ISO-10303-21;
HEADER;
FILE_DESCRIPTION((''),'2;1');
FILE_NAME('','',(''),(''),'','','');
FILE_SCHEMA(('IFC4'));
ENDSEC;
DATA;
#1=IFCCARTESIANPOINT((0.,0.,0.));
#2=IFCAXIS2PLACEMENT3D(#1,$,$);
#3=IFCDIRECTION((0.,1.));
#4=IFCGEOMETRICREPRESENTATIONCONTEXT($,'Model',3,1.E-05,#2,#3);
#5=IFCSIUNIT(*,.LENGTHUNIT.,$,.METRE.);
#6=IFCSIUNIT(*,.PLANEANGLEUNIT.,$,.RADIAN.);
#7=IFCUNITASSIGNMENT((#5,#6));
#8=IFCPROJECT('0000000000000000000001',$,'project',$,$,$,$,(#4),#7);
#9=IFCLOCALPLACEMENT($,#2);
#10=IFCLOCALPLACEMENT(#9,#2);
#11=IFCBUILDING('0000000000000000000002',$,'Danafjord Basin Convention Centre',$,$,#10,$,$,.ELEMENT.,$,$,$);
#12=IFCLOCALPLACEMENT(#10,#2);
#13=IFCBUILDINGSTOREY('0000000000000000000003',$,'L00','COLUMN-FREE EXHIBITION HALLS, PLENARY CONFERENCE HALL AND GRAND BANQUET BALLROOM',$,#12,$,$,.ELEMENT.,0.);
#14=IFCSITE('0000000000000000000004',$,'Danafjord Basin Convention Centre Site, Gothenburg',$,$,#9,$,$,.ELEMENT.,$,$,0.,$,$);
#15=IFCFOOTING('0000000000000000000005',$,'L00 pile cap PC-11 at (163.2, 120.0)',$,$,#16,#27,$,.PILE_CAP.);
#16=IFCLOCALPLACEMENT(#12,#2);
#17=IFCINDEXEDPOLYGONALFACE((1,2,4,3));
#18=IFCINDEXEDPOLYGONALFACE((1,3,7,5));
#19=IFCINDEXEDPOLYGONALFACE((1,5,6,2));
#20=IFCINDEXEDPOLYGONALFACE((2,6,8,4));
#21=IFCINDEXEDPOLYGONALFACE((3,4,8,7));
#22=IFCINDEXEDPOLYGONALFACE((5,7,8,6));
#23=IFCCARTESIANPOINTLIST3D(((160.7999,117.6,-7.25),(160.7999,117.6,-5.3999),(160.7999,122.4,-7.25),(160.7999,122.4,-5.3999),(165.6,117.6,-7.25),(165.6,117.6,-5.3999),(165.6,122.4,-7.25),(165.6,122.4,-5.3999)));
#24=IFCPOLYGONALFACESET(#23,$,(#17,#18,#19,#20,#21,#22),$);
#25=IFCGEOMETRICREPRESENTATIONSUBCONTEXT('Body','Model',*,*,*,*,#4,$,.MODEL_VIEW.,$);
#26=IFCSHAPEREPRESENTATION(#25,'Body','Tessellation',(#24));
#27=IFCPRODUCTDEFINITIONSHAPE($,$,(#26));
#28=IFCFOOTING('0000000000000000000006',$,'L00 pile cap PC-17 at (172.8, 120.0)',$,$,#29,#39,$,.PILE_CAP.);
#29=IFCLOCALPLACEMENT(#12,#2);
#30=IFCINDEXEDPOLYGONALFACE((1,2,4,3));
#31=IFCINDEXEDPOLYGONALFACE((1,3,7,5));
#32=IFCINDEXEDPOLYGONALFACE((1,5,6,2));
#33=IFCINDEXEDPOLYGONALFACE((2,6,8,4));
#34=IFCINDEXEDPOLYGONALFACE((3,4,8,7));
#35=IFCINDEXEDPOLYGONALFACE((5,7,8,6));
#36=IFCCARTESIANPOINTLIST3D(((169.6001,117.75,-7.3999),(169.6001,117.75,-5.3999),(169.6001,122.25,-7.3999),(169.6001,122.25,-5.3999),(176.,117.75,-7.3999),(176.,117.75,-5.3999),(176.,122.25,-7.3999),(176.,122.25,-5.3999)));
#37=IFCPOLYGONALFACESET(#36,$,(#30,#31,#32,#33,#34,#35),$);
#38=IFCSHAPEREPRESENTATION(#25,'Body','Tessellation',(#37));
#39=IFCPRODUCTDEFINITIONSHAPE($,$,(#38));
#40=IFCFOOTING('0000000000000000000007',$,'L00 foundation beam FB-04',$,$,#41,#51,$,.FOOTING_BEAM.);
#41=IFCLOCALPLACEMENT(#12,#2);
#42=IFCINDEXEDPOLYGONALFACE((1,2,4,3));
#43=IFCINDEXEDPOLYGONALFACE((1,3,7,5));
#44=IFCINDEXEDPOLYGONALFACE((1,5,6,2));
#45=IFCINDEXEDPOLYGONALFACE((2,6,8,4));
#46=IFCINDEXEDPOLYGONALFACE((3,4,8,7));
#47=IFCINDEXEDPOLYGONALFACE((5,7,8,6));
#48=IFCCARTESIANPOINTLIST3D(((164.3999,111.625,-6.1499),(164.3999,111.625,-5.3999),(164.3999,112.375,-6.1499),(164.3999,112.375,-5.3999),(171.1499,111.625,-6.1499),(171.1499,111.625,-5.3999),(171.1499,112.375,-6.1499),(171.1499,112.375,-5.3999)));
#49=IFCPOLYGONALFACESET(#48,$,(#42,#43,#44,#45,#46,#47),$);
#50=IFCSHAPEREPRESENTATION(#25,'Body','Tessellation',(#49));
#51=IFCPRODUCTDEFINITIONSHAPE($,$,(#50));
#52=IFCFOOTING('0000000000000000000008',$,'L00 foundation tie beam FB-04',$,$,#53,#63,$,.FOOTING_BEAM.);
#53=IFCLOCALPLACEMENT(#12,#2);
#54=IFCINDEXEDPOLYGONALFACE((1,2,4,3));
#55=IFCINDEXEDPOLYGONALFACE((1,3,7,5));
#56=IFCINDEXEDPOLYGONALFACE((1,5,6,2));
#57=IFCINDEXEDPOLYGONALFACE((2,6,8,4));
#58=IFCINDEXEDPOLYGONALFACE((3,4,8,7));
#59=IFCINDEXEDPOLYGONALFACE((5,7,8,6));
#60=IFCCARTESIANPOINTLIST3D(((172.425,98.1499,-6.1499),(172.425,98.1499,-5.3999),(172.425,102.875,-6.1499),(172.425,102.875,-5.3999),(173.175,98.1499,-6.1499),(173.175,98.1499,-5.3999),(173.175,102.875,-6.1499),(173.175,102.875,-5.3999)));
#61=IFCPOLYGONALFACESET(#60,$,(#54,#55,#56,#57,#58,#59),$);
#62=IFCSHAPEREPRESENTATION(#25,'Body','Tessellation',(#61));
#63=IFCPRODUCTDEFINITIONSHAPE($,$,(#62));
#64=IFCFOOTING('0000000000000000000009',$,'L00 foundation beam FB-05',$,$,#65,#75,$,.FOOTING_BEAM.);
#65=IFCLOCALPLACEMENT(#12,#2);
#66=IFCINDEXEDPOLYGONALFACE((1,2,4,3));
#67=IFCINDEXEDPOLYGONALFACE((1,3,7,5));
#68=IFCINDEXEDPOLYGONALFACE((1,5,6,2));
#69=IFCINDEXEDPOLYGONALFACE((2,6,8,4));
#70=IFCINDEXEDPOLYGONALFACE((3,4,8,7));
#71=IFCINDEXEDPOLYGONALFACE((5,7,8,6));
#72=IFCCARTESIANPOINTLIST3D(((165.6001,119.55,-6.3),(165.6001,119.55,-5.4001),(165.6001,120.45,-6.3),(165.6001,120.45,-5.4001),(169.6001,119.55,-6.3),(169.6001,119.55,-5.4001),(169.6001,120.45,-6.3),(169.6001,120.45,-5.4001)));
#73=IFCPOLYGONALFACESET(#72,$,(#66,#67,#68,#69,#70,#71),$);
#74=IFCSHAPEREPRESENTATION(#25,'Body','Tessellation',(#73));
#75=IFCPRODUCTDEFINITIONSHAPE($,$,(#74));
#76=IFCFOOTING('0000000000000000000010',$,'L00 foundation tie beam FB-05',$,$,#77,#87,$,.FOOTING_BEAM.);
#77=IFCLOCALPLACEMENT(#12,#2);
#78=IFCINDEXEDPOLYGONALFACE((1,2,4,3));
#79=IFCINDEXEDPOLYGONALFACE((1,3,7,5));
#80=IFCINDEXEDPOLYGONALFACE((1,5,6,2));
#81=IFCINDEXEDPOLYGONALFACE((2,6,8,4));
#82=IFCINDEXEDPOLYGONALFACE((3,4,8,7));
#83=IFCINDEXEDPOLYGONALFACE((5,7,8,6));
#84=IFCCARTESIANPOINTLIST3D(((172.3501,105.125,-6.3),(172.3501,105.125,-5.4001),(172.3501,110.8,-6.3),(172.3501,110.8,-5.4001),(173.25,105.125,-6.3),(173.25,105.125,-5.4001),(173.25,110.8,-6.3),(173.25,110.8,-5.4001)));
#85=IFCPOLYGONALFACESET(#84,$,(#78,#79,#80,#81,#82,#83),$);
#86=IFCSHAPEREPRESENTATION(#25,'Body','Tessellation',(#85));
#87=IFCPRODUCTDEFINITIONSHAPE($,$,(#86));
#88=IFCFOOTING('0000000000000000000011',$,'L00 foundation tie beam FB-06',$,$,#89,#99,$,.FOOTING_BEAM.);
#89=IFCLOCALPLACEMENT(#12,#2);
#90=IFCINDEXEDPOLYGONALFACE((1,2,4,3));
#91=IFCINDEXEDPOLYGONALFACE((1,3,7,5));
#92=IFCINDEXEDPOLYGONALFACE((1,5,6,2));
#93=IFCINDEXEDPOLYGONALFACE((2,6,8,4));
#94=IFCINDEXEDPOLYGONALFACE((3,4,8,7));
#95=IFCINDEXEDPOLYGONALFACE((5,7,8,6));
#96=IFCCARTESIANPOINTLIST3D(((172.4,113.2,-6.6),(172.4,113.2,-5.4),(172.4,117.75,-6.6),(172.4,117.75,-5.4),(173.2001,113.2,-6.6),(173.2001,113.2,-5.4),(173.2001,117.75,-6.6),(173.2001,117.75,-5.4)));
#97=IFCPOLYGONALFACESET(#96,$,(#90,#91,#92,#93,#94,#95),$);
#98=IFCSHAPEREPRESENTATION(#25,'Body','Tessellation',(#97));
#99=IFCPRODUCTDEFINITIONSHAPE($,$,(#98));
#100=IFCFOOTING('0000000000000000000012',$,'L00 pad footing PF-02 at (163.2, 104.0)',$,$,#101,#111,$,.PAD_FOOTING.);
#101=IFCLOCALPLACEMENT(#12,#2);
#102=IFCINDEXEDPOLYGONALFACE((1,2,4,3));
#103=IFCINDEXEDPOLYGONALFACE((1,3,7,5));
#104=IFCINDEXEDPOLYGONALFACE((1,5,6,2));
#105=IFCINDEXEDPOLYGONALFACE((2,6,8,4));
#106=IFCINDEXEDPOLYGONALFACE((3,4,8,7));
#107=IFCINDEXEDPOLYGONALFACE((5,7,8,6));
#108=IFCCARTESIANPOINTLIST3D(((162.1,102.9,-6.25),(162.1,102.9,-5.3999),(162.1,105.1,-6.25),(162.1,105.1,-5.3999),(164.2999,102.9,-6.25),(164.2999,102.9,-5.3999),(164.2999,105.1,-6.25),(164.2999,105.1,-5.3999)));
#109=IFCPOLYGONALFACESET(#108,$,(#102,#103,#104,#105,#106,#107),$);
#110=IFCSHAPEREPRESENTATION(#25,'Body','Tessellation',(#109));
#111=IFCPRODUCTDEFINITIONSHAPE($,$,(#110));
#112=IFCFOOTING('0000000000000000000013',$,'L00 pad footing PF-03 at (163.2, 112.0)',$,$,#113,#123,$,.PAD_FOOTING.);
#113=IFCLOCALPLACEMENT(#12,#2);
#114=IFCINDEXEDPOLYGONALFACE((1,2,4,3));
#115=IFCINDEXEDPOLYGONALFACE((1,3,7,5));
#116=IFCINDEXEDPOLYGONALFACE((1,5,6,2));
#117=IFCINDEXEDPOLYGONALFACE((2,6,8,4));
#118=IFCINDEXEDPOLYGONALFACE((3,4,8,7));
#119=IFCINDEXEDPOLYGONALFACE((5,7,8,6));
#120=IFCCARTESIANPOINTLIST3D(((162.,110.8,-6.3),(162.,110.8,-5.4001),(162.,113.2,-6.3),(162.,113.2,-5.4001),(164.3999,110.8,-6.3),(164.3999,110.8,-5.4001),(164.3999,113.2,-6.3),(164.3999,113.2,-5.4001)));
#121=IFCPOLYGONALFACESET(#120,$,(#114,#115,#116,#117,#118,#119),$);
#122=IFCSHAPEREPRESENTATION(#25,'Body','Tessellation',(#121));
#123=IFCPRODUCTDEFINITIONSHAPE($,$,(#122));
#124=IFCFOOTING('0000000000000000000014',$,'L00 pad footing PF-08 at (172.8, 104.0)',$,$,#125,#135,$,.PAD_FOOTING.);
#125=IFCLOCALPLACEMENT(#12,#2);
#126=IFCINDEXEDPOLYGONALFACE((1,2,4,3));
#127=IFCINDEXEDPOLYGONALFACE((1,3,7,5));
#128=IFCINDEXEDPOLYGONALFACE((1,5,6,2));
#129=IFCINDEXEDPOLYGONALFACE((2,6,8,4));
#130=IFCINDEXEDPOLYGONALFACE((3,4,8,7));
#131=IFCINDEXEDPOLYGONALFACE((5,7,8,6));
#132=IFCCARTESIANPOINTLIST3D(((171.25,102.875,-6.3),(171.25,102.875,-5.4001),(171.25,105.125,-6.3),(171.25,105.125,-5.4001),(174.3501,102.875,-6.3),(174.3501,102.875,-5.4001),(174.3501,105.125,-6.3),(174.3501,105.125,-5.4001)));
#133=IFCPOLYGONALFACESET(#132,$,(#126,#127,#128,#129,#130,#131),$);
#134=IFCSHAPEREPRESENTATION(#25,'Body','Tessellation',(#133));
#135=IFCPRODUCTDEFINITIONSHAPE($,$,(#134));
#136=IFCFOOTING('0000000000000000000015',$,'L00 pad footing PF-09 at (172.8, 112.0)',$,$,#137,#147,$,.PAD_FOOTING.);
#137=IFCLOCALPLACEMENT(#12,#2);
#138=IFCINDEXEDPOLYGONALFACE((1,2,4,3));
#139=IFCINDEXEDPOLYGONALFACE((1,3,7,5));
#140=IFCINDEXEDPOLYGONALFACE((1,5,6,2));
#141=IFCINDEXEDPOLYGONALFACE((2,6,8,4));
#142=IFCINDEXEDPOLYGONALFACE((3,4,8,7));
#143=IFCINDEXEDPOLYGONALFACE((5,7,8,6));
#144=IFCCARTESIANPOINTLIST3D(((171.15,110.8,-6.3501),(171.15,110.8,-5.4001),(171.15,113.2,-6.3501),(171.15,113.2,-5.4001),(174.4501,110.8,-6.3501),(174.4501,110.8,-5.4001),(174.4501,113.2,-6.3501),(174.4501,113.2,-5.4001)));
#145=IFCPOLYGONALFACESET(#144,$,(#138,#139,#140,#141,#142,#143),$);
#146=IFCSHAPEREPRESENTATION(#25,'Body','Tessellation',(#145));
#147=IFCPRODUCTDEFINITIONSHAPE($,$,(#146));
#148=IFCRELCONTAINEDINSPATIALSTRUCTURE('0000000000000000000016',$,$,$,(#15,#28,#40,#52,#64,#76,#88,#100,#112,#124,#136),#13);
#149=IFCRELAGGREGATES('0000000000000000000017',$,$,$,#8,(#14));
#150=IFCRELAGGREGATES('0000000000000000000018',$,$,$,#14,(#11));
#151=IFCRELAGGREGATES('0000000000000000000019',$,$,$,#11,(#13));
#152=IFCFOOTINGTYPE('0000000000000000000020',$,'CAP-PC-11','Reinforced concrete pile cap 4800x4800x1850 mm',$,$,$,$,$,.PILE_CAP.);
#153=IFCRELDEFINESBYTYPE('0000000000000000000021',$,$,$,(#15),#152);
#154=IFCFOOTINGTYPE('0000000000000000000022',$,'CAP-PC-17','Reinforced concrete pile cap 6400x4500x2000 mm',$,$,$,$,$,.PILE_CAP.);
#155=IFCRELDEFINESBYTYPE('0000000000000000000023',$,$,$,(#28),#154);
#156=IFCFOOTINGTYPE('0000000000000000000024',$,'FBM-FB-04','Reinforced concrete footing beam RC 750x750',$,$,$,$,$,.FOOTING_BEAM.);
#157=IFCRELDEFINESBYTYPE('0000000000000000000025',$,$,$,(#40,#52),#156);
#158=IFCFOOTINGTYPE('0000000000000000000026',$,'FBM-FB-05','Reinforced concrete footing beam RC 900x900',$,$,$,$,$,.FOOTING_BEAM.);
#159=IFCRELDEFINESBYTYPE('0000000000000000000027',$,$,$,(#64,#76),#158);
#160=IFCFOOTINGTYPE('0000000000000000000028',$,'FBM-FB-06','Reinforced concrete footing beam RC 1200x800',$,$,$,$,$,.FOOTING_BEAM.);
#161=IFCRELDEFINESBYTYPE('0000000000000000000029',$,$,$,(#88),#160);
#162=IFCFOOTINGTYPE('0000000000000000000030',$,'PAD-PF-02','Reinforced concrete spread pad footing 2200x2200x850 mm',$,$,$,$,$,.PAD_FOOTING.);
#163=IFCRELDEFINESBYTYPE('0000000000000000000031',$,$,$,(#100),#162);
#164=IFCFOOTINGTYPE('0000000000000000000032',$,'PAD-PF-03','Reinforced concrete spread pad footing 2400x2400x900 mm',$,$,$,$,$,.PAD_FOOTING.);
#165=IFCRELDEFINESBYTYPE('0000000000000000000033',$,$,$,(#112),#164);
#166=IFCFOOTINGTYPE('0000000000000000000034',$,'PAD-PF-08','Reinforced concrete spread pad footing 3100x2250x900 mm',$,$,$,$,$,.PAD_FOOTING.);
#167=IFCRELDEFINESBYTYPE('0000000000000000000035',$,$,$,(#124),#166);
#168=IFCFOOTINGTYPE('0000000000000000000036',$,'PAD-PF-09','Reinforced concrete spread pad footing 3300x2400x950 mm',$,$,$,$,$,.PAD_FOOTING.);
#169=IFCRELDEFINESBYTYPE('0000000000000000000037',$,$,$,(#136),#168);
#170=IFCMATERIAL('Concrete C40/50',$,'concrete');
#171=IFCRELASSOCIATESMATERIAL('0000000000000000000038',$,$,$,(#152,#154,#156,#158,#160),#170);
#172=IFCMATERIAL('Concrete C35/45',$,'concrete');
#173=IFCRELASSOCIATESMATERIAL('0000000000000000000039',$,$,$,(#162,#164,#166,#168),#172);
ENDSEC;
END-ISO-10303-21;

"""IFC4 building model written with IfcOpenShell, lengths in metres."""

from ifc_helpers import new_model, si_unit, direction, frame, origin, origin_2d, place, context, subcontext, project, spatial, rectangle, extrude, material, material_profile, profile_set, type_object, element, save


model = new_model("IFC4")

# Units and contexts
model_context = context("Model", 3, precision=1e-05, world=origin(), true_north=direction((0.0, 1.0)))
body_context = subcontext(model_context, "Body", "Model", "MODEL_VIEW")
ifc_project = project(units=[si_unit("LENGTHUNIT", "METRE"), si_unit("PLANEANGLEUNIT", "RADIAN")], contexts=[model_context])

# Site, building, storey
site_placement = place(None, origin())
site = spatial("IfcSite", under=ifc_project, at=site_placement, Name="Danafjord Basin Convention Centre Site, Gothenburg", CompositionType="ELEMENT", RefElevation=0.0)
building_placement = place(site_placement, origin())
building = spatial("IfcBuilding", under=site, at=building_placement, Name="Danafjord Basin Convention Centre", CompositionType="ELEMENT")
storey_placement = place(building_placement, origin())
storey = spatial("IfcBuildingStorey", under=building, at=storey_placement, Name="L00", Description="COLUMN-FREE EXHIBITION HALLS, PLENARY CONFERENCE HALL AND GRAND BANQUET BALLROOM", CompositionType="ELEMENT", Elevation=0.0)

# Footings
ifc_material_1 = material(Name="Concrete C40/50", Category="concrete")
footing_type_1 = type_object("IfcFootingType", Name="CAP-PC-11", Description="Reinforced concrete pile cap 4800x4800x1850 mm", PredefinedType="PILE_CAP", material=ifc_material_1)
footing_1_placement = place(storey_placement, frame((163.2, 120.0, -7.25), z_axis=(0.0, 0.0, 1.0), x_axis=(1.0, 0.0, 0.0)))
element("IfcFooting", 1, at=footing_1_placement, inside=storey, type_object=footing_type_1, Name="L00 pile cap PC-11 at (163.2, 120.0)", PredefinedType="PILE_CAP", context=body_context, shape_type="SweptSolid", body=[
    extrude(rectangle(XDim=4.8, YDim=4.8, at=origin_2d()), origin(), (0.0, 0.0, 1.0), 1.8501),
])
footing_type_2 = type_object("IfcFootingType", Name="CAP-PC-17", Description="Reinforced concrete pile cap 6400x4500x2000 mm", PredefinedType="PILE_CAP", material=ifc_material_1)
footing_2_placement = place(storey_placement, frame((172.8, 120.0, -7.3999), z_axis=(0.0, 0.0, 1.0), x_axis=(1.0, 0.0, 0.0)))
element("IfcFooting", 2, at=footing_2_placement, inside=storey, type_object=footing_type_2, Name="L00 pile cap PC-17 at (172.8, 120.0)", PredefinedType="PILE_CAP", context=body_context, shape_type="SweptSolid", body=[
    extrude(rectangle(XDim=6.3999, YDim=4.5, at=origin_2d()), origin(), (0.0, 0.0, 1.0), 2.0),
])
ifc_material_profile_1 = material_profile(ifc_material_1, rectangle(XDim=0.75, YDim=0.75, at=origin_2d()), Name="RC 750x750")
ifc_profile_set_1 = profile_set([ifc_material_profile_1], Name="Concrete C40/50")
footing_type_3 = type_object("IfcFootingType", Name="FBM-FB-04", Description="Reinforced concrete footing beam RC 750x750", PredefinedType="FOOTING_BEAM", material=ifc_profile_set_1)
footing_3_placement = place(storey_placement, frame((164.3999, 112.0, -5.7749), z_axis=(1.0, 0.0, 0.0), x_axis=(0.0, 1.0, 0.0)))
element("IfcFooting", 3, at=footing_3_placement, inside=storey, type_object=footing_type_3, Name="L00 foundation beam FB-04", PredefinedType="FOOTING_BEAM", context=body_context, shape_type="SweptSolid", body=[
    extrude(rectangle(XDim=0.75, YDim=0.75, at=origin_2d()), origin(), (0.0, 0.0, 1.0), 6.75),
])
footing_4_placement = place(storey_placement, frame((172.8, 98.1499, -5.7749), z_axis=(0.0, 1.0, 0.0), x_axis=(-1.0, 0.0, 0.0)))
element("IfcFooting", 4, at=footing_4_placement, inside=storey, type_object=footing_type_3, Name="L00 foundation tie beam FB-04", PredefinedType="FOOTING_BEAM", context=body_context, shape_type="SweptSolid", body=[
    extrude(rectangle(XDim=0.75, YDim=0.75, at=origin_2d()), origin(), (0.0, 0.0, 1.0), 4.7251),
])
ifc_material_profile_2 = material_profile(ifc_material_1, rectangle(XDim=0.8999, YDim=0.8999, at=origin_2d()), Name="RC 900x900")
ifc_profile_set_2 = profile_set([ifc_material_profile_2], Name="Concrete C40/50")
footing_type_4 = type_object("IfcFootingType", Name="FBM-FB-05", Description="Reinforced concrete footing beam RC 900x900", PredefinedType="FOOTING_BEAM", material=ifc_profile_set_2)
footing_5_placement = place(storey_placement, frame((165.6001, 120.0, -5.8501), z_axis=(1.0, 0.0, 0.0), x_axis=(0.0, 1.0, 0.0)))
element("IfcFooting", 5, at=footing_5_placement, inside=storey, type_object=footing_type_4, Name="L00 foundation beam FB-05", PredefinedType="FOOTING_BEAM", context=body_context, shape_type="SweptSolid", body=[
    extrude(rectangle(XDim=0.8999, YDim=0.8999, at=origin_2d()), origin(), (0.0, 0.0, 1.0), 4.0),
])
footing_6_placement = place(storey_placement, frame((172.8, 105.125, -5.8501), z_axis=(0.0, 1.0, 0.0), x_axis=(-1.0, 0.0, 0.0)))
element("IfcFooting", 6, at=footing_6_placement, inside=storey, type_object=footing_type_4, Name="L00 foundation tie beam FB-05", PredefinedType="FOOTING_BEAM", context=body_context, shape_type="SweptSolid", body=[
    extrude(rectangle(XDim=0.8999, YDim=0.8999, at=origin_2d()), origin(), (0.0, 0.0, 1.0), 5.675),
])
ifc_material_profile_3 = material_profile(ifc_material_1, rectangle(XDim=0.8, YDim=1.2, at=origin_2d()), Name="RC 1200x800")
ifc_profile_set_3 = profile_set([ifc_material_profile_3], Name="Concrete C40/50")
footing_type_5 = type_object("IfcFootingType", Name="FBM-FB-06", Description="Reinforced concrete footing beam RC 1200x800", PredefinedType="FOOTING_BEAM", material=ifc_profile_set_3)
footing_7_placement = place(storey_placement, frame((172.8, 113.2, -6.0), z_axis=(0.0, 1.0, 0.0), x_axis=(-1.0, 0.0, 0.0)))
element("IfcFooting", 7, at=footing_7_placement, inside=storey, type_object=footing_type_5, Name="L00 foundation tie beam FB-06", PredefinedType="FOOTING_BEAM", context=body_context, shape_type="SweptSolid", body=[
    extrude(rectangle(XDim=0.8, YDim=1.2, at=origin_2d()), origin(), (0.0, 0.0, 1.0), 4.55),
])
ifc_material_2 = material(Name="Concrete C35/45", Category="concrete")
footing_type_6 = type_object("IfcFootingType", Name="PAD-PF-02", Description="Reinforced concrete spread pad footing 2200x2200x850 mm", PredefinedType="PAD_FOOTING", material=ifc_material_2)
footing_8_placement = place(storey_placement, frame((163.2, 104.0, -6.25), z_axis=(0.0, 0.0, 1.0), x_axis=(1.0, 0.0, 0.0)))
element("IfcFooting", 8, at=footing_8_placement, inside=storey, type_object=footing_type_6, Name="L00 pad footing PF-02 at (163.2, 104.0)", PredefinedType="PAD_FOOTING", context=body_context, shape_type="SweptSolid", body=[
    extrude(rectangle(XDim=2.2, YDim=2.2, at=origin_2d()), origin(), (0.0, 0.0, 1.0), 0.8501),
])
footing_type_7 = type_object("IfcFootingType", Name="PAD-PF-03", Description="Reinforced concrete spread pad footing 2400x2400x900 mm", PredefinedType="PAD_FOOTING", material=ifc_material_2)
footing_9_placement = place(storey_placement, frame((163.2, 112.0, -6.3), z_axis=(0.0, 0.0, 1.0), x_axis=(1.0, 0.0, 0.0)))
element("IfcFooting", 9, at=footing_9_placement, inside=storey, type_object=footing_type_7, Name="L00 pad footing PF-03 at (163.2, 112.0)", PredefinedType="PAD_FOOTING", context=body_context, shape_type="SweptSolid", body=[
    extrude(rectangle(XDim=2.3999, YDim=2.3999, at=origin_2d()), origin(), (0.0, 0.0, 1.0), 0.8999),
])
footing_type_8 = type_object("IfcFootingType", Name="PAD-PF-08", Description="Reinforced concrete spread pad footing 3100x2250x900 mm", PredefinedType="PAD_FOOTING", material=ifc_material_2)
footing_10_placement = place(storey_placement, frame((172.8, 104.0, -6.3), z_axis=(0.0, 0.0, 1.0), x_axis=(1.0, 0.0, 0.0)))
element("IfcFooting", 10, at=footing_10_placement, inside=storey, type_object=footing_type_8, Name="L00 pad footing PF-08 at (172.8, 104.0)", PredefinedType="PAD_FOOTING", context=body_context, shape_type="SweptSolid", body=[
    extrude(rectangle(XDim=3.1001, YDim=2.25, at=origin_2d()), origin(), (0.0, 0.0, 1.0), 0.8999),
])
footing_type_9 = type_object("IfcFootingType", Name="PAD-PF-09", Description="Reinforced concrete spread pad footing 3300x2400x950 mm", PredefinedType="PAD_FOOTING", material=ifc_material_2)
footing_11_placement = place(storey_placement, frame((172.8, 112.0, -6.3501), z_axis=(0.0, 0.0, 1.0), x_axis=(1.0, 0.0, 0.0)))
element("IfcFooting", 11, at=footing_11_placement, inside=storey, type_object=footing_type_9, Name="L00 pad footing PF-09 at (172.8, 112.0)", PredefinedType="PAD_FOOTING", context=body_context, shape_type="SweptSolid", body=[
    extrude(rectangle(XDim=3.3, YDim=2.3999, at=origin_2d()), origin(), (0.0, 0.0, 1.0), 0.95),
])

save(model, "model.ifc")
